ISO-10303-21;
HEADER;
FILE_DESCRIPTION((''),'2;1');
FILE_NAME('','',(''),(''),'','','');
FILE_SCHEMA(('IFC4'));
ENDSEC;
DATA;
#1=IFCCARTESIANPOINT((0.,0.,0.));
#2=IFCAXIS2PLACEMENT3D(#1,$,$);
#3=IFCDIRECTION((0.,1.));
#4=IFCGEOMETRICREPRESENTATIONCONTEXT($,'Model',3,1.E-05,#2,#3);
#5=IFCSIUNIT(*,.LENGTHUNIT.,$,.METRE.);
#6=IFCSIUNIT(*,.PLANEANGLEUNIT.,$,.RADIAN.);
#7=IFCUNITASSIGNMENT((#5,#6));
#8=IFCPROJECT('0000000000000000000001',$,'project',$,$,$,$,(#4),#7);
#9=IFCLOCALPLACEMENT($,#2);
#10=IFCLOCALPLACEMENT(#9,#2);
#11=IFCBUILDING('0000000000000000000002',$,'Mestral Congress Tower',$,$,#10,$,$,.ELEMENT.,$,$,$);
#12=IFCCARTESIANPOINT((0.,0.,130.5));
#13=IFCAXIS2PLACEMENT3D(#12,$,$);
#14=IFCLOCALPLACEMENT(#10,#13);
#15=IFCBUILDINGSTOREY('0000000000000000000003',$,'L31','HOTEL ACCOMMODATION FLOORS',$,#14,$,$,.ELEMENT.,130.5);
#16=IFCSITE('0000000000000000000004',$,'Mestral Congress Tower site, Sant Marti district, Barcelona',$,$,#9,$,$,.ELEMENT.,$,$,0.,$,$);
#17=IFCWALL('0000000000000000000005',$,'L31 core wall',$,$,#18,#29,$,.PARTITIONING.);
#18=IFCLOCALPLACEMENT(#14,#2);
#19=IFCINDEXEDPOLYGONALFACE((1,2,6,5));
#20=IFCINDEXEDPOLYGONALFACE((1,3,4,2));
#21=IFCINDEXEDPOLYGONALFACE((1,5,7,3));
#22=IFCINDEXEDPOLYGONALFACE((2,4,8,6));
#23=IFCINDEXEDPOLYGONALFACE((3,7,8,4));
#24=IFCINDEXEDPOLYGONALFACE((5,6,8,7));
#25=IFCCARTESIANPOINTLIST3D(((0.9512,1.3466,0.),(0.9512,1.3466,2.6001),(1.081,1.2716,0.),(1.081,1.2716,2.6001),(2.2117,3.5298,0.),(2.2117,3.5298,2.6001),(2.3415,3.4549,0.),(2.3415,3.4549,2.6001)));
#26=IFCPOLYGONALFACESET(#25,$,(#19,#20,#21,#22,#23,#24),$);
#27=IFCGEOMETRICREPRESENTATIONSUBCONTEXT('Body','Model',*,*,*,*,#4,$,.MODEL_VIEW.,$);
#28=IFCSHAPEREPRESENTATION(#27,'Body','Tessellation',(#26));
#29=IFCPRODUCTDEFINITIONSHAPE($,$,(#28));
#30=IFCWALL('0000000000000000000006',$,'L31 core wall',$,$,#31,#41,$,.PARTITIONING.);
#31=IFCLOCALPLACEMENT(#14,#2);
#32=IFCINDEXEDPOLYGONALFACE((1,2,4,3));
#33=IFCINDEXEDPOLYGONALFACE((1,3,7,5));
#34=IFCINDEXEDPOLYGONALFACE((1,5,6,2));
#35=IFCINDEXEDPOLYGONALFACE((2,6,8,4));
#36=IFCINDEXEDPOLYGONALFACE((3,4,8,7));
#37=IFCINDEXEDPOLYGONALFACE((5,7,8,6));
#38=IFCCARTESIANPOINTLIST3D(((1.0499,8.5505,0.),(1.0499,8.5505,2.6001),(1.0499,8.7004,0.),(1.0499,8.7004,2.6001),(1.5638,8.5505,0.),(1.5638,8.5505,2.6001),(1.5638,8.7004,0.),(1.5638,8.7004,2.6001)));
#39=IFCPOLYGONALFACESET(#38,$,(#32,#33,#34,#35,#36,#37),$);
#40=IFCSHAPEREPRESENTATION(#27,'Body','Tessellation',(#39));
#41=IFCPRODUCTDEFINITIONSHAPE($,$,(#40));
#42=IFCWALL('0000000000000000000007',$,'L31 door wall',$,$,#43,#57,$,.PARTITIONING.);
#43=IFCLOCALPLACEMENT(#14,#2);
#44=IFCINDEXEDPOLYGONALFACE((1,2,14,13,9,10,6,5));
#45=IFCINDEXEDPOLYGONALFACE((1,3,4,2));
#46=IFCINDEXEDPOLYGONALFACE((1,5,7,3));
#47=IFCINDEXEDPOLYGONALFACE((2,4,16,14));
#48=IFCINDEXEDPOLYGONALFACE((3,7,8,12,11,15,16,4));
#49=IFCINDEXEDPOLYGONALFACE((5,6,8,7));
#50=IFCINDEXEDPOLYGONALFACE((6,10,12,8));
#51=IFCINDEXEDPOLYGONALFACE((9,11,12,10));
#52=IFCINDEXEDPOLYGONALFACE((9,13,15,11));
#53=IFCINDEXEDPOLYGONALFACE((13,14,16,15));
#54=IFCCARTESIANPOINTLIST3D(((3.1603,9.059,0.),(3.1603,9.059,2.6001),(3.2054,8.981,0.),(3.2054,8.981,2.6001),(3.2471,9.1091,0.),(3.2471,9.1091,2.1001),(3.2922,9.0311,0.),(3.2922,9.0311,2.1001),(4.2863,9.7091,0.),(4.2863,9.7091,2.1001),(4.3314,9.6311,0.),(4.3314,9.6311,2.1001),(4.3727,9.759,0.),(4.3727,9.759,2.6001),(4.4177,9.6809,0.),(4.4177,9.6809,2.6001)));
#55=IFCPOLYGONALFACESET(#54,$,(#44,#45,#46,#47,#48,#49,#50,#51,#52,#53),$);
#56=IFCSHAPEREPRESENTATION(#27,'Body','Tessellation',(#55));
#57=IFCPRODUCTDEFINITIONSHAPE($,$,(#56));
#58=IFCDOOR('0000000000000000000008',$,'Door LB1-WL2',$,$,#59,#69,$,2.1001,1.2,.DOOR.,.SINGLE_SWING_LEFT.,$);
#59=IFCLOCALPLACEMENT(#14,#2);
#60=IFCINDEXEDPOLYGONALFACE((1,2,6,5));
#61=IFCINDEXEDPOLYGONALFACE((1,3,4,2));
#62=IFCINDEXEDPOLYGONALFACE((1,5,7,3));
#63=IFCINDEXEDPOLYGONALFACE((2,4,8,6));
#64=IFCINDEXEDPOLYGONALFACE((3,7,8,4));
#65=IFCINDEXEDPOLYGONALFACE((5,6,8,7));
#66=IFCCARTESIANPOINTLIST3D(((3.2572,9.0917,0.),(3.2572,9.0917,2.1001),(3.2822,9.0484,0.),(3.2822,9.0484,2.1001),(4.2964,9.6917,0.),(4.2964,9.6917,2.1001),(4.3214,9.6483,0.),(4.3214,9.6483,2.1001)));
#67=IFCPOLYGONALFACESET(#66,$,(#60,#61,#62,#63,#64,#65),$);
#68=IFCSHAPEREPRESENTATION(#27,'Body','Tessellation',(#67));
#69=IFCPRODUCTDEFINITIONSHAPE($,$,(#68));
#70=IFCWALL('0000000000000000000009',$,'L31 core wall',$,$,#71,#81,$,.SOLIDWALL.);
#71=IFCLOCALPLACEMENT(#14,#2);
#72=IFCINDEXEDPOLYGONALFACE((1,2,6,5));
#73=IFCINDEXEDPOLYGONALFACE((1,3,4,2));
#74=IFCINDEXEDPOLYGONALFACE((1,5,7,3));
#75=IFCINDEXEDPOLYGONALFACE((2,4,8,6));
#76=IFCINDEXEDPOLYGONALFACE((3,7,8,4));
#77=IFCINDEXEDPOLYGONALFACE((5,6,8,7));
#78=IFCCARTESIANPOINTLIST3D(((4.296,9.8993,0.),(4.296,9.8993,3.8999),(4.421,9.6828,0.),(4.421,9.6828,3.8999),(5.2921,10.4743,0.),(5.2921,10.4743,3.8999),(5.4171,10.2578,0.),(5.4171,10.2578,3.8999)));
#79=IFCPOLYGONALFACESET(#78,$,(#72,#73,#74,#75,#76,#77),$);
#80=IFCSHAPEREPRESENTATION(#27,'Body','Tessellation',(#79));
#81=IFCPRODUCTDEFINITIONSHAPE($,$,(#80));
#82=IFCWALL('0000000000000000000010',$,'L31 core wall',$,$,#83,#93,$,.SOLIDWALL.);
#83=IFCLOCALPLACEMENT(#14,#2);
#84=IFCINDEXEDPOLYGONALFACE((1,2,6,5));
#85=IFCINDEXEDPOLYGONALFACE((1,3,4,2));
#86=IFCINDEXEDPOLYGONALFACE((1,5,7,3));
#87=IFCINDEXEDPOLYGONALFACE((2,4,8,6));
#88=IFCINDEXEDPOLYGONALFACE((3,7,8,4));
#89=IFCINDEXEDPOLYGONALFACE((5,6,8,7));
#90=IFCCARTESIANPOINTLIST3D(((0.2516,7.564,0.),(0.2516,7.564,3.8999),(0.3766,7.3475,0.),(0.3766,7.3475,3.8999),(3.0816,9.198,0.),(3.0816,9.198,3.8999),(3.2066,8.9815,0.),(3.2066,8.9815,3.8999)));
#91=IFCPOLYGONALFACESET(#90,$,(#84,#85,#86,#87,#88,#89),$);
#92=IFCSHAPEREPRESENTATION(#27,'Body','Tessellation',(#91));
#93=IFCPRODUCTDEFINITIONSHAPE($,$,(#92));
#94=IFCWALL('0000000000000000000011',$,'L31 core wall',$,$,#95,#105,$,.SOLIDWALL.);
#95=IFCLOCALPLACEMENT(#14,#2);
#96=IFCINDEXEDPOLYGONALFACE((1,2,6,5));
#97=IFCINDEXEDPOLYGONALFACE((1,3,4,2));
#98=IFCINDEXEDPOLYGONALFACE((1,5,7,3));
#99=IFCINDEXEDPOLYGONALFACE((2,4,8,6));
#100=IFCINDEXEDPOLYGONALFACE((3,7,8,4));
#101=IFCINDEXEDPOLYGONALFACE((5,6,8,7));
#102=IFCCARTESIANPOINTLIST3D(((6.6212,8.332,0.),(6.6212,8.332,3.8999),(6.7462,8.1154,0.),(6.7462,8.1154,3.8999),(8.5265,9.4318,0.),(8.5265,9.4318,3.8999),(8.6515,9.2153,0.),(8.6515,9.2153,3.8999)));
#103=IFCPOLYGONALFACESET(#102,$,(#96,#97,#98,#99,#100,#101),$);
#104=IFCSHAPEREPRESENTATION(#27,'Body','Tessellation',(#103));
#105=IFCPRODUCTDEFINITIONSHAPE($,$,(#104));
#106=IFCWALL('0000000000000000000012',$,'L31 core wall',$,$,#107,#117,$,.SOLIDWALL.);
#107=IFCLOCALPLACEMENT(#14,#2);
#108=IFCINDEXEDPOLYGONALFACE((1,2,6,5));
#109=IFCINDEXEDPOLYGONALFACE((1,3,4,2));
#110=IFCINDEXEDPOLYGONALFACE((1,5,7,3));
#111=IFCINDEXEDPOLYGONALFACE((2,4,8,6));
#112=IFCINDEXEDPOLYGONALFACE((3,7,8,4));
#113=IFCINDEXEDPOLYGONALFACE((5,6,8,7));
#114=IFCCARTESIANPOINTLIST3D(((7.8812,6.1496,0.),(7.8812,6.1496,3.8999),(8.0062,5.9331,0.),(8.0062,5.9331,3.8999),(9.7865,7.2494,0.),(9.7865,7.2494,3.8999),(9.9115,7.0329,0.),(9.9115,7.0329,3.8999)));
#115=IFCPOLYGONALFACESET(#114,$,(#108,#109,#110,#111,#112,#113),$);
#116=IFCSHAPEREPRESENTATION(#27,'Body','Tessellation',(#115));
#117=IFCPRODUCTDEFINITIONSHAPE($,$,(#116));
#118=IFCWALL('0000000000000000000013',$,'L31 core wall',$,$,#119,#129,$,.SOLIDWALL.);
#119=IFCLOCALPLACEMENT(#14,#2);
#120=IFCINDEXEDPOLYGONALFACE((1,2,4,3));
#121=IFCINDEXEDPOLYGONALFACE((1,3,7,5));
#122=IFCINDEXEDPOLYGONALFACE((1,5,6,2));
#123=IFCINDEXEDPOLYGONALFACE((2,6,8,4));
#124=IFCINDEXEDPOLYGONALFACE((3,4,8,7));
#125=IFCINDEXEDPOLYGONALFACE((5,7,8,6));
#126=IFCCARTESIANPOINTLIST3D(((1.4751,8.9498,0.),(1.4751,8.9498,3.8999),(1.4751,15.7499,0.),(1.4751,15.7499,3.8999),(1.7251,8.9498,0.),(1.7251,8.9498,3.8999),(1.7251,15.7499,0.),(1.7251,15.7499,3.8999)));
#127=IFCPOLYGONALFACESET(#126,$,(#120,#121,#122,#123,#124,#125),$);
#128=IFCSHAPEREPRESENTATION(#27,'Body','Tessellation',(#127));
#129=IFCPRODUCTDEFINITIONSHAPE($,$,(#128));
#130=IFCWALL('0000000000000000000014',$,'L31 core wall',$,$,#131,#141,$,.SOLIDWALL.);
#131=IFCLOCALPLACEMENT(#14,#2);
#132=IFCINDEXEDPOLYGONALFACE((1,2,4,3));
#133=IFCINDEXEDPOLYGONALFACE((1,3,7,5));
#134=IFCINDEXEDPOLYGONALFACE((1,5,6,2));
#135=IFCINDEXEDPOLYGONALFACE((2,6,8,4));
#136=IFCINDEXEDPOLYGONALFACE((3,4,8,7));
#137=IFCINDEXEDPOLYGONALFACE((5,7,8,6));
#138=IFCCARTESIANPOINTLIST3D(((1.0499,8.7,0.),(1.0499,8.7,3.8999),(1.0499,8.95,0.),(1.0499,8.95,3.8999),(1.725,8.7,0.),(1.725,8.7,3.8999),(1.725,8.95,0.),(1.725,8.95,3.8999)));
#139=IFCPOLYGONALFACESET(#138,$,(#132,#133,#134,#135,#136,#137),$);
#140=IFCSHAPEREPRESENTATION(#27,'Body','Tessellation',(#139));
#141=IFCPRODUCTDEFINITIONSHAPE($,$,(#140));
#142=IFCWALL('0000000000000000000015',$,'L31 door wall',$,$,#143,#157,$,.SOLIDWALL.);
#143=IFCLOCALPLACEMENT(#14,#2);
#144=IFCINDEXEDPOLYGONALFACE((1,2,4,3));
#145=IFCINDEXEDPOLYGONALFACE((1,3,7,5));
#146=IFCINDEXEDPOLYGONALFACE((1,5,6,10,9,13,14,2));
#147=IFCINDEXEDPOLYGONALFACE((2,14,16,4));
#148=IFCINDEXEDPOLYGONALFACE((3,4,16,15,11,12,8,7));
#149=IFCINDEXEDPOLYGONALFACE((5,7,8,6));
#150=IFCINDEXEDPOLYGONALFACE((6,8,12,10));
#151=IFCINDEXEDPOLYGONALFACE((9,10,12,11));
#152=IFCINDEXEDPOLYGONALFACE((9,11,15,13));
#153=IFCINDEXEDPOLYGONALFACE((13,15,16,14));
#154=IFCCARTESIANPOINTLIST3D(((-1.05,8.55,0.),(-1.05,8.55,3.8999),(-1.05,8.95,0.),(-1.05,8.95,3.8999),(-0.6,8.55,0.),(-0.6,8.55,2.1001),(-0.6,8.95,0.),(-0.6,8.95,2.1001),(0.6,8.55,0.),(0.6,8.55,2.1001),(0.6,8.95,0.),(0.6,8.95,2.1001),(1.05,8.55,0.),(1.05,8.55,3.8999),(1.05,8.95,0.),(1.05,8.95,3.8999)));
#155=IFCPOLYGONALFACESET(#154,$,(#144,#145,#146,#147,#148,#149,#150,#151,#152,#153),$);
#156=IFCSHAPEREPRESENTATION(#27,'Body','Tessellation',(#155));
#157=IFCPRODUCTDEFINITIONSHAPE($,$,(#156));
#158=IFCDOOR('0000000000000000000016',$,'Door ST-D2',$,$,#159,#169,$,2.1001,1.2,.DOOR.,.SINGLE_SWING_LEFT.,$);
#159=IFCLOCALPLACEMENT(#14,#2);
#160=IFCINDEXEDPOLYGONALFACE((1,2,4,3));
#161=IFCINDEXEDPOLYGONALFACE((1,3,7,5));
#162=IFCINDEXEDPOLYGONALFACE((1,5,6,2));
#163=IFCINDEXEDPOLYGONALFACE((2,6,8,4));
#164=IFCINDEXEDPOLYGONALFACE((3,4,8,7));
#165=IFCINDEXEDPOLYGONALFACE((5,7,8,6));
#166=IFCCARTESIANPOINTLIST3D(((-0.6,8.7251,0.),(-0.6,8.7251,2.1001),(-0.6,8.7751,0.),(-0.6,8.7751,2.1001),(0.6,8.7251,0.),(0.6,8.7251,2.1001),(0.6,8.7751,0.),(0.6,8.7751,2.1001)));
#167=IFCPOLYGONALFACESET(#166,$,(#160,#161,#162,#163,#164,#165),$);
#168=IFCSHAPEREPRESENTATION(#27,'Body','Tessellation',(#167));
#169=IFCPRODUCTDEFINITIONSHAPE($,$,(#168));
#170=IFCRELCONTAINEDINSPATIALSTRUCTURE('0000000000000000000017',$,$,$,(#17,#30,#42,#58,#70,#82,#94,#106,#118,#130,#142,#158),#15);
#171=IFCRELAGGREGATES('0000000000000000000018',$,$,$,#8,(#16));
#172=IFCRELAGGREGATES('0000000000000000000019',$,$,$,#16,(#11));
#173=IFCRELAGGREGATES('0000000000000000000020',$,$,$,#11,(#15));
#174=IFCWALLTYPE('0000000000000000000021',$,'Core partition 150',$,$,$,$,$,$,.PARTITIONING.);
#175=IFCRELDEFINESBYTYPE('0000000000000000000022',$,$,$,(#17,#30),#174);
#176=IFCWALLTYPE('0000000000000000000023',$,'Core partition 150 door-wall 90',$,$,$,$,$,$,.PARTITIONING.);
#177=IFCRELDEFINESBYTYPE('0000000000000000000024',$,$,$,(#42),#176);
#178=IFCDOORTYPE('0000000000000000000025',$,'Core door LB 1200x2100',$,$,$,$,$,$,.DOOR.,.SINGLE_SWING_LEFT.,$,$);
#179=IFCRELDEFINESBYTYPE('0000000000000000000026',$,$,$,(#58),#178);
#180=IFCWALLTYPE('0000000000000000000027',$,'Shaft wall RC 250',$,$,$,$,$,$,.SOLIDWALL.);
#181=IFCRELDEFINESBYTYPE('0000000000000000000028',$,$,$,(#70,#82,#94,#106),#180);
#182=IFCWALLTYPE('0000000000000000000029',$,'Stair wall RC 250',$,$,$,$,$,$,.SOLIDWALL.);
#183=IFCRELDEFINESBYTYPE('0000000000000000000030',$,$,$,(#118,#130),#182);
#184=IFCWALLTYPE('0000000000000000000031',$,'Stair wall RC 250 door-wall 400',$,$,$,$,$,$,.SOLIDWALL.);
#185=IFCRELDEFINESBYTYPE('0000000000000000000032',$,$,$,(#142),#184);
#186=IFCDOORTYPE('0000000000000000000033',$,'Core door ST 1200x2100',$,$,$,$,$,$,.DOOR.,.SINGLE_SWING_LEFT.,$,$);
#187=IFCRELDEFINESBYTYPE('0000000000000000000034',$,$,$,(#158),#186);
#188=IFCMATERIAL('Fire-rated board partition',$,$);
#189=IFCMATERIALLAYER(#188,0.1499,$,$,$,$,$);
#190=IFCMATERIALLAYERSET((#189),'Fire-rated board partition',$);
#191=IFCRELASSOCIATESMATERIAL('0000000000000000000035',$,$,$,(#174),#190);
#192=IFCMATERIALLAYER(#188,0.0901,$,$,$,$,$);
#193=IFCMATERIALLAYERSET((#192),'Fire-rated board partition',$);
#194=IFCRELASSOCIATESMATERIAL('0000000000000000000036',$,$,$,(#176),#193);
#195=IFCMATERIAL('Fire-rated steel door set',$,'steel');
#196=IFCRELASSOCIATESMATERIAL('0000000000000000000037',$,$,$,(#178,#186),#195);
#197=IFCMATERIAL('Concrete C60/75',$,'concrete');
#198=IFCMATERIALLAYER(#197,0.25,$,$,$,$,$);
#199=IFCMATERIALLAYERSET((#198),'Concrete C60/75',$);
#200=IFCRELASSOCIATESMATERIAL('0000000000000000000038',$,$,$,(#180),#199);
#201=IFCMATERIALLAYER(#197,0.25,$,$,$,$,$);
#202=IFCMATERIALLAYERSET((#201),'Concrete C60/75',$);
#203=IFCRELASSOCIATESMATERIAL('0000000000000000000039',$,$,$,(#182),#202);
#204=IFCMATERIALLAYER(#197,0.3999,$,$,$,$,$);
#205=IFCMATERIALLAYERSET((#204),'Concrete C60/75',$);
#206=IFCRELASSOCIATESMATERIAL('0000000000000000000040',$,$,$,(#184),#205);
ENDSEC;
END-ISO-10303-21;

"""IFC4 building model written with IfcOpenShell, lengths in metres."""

from ifc_helpers import new_model, si_unit, direction, frame, frame_2d, origin, place, context, subcontext, project, spatial, rectangle, extrude, material, layer, layer_set, type_object, element, fill, save


model = new_model("IFC4")

# Units and contexts
model_context = context("Model", 3, precision=1e-05, world=origin(), true_north=direction((0.0, 1.0)))
body_context = subcontext(model_context, "Body", "Model", "MODEL_VIEW")
ifc_project = project(units=[si_unit("LENGTHUNIT", "METRE"), si_unit("PLANEANGLEUNIT", "RADIAN")], contexts=[model_context])

# Site, building, storey
site_placement = place(None, origin())
site = spatial("IfcSite", under=ifc_project, at=site_placement, Name="Mestral Congress Tower site, Sant Marti district, Barcelona", CompositionType="ELEMENT", RefElevation=0.0)
building_placement = place(site_placement, origin())
building = spatial("IfcBuilding", under=site, at=building_placement, Name="Mestral Congress Tower", CompositionType="ELEMENT")
storey_placement = place(building_placement, frame((0.0, 0.0, 130.5)))
storey = spatial("IfcBuildingStorey", under=building, at=storey_placement, Name="L31", Description="HOTEL ACCOMMODATION FLOORS", CompositionType="ELEMENT", Elevation=130.5)

# Walls
ifc_material_1 = material(Name="Fire-rated board partition")
ifc_layer_1 = layer(ifc_material_1, 0.1499)
ifc_layer_set_1 = layer_set([ifc_layer_1], Name="Fire-rated board partition")
wall_type_1 = type_object("IfcWallType", Name="Core partition 150", PredefinedType="PARTITIONING", material=ifc_layer_set_1)
wall_1_placement = place(storey_placement, frame((1.0161, 1.3091, 0.0), z_axis=(0.0, 0.0, 1.0), x_axis=(0.499982, 0.866036, 0.0)))
element("IfcWall", 1, at=wall_1_placement, inside=storey, type_object=wall_type_1, Name="L31 core wall", PredefinedType="PARTITIONING", context=body_context, shape_type="SweptSolid", body=[
    extrude(rectangle(XDim=2.521, YDim=0.1499, at=frame_2d((1.2605, 0.0))), origin(), (0.0, 0.0, 1.0), 2.6001),
])
wall_2_placement = place(storey_placement, frame((1.05, 8.6255, 0.0), z_axis=(0.0, 0.0, 1.0), x_axis=(1.0, 0.0, 0.0)))
element("IfcWall", 2, at=wall_2_placement, inside=storey, type_object=wall_type_1, Name="L31 core wall", PredefinedType="PARTITIONING", context=body_context, shape_type="SweptSolid", body=[
    extrude(rectangle(XDim=0.5139, YDim=0.1499, at=frame_2d((0.2568, 0.0))), origin(), (0.0, 0.0, 1.0), 2.6001),
])

# Wall, opening, door
ifc_layer_2 = layer(ifc_material_1, 0.0901)
ifc_layer_set_2 = layer_set([ifc_layer_2], Name="Fire-rated board partition")
wall_type_2 = type_object("IfcWallType", Name="Core partition 150 door-wall 90", PredefinedType="PARTITIONING", material=ifc_layer_set_2)
wall_3_placement = place(storey_placement, frame((3.1829, 9.02, 0.0), z_axis=(0.0, 0.0, 1.0), x_axis=(0.866035, 0.499984, 0.0)))
wall_3 = element("IfcWall", 3, at=wall_3_placement, inside=storey, type_object=wall_type_2, Name="L31 door wall", PredefinedType="PARTITIONING", context=body_context, shape_type="SweptSolid", body=[
    extrude(rectangle(XDim=1.3999, YDim=0.0901, at=frame_2d((0.7, 0.0))), origin(), (0.0, 0.0, 1.0), 2.6001),
])
opening_1_placement = place(wall_3_placement, frame((0.1001, 0.0, 0.0)))
opening_1 = element("IfcOpeningElement", 4, at=opening_1_placement, cuts=wall_3, PredefinedType="OPENING", context=body_context, shape_type="SweptSolid", body=[
    extrude(rectangle(XDim=1.2, YDim=2.1001, at=frame_2d((0.6001, 1.05))), frame((0.0, 0.0549, 0.0), z_axis=(0.0, -1.0, 0.0), x_axis=(1.0, 0.0, 0.0)), (0.0, 0.0, 1.0), 0.1101),
])
ifc_material_2 = material(Name="Fire-rated steel door set", Category="steel")
door_type_1 = type_object("IfcDoorType", Name="Core door LB 1200x2100", OperationType="SINGLE_SWING_LEFT", PredefinedType="DOOR", material=ifc_material_2)
door_1_placement = place(opening_1_placement, origin())
door_1 = element("IfcDoor", 5, at=door_1_placement, inside=storey, type_object=door_type_1, Name="Door LB1-WL2", OperationType="SINGLE_SWING_LEFT", OverallHeight=2.1001, OverallWidth=1.2, PredefinedType="DOOR", context=body_context, shape_type="SweptSolid", body=[
    extrude(rectangle(XDim=1.2, YDim=2.1001, at=frame_2d((0.6001, 1.05))), frame((0.0, 0.0249, 0.0), z_axis=(0.0, -1.0, 0.0), x_axis=(1.0, 0.0, 0.0)), (0.0, 0.0, 1.0), 0.05),
])
fill(opening_1, door_1)

# Walls
ifc_material_3 = material(Name="Concrete C60/75", Category="concrete")
ifc_layer_3 = layer(ifc_material_3, 0.25)
ifc_layer_set_3 = layer_set([ifc_layer_3], Name="Concrete C60/75")
wall_type_3 = type_object("IfcWallType", Name="Shaft wall RC 250", PredefinedType="SOLIDWALL", material=ifc_layer_set_3)
wall_4_placement = place(storey_placement, frame((4.3584, 9.791, 0.0), z_axis=(0.0, 0.0, 1.0), x_axis=(0.86608, 0.499906, 0.0)))
element("IfcWall", 6, at=wall_4_placement, inside=storey, type_object=wall_type_3, Name="L31 core wall", PredefinedType="SOLIDWALL", context=body_context, shape_type="SweptSolid", body=[
    extrude(rectangle(XDim=1.1501, YDim=0.25, at=frame_2d((0.5752, 0.0))), origin(), (0.0, 0.0, 1.0), 3.8999),
])
wall_5_placement = place(storey_placement, frame((0.3142, 7.4558, 0.0), z_axis=(0.0, 0.0, 1.0), x_axis=(0.866014, 0.50002, 0.0)))
element("IfcWall", 7, at=wall_5_placement, inside=storey, type_object=wall_type_3, Name="L31 core wall", PredefinedType="SOLIDWALL", context=body_context, shape_type="SweptSolid", body=[
    extrude(rectangle(XDim=3.2678, YDim=0.25, at=frame_2d((1.6338, 0.0))), origin(), (0.0, 0.0, 1.0), 3.8999),
])
for number, where, z_axis, x_axis, name in (
    (8, (6.6836, 8.2236, 0.0), (0.0, 0.0, 1.0), (0.866056, 0.499947, 0.0), "L31 core wall"),
    (9, (7.9436, 6.0413, 0.0), (0.0, 0.0, 1.0), (0.866056, 0.499947, 0.0), "L31 core wall"),
):
    element("IfcWall", number, at=place(storey_placement, frame(where, z_axis=z_axis, x_axis=x_axis)), inside=storey, type_object=wall_type_3, Name=name, PredefinedType="SOLIDWALL", context=body_context, shape_type="SweptSolid", body=[
        extrude(rectangle(XDim=2.2, YDim=0.25, at=frame_2d((1.1001, 0.0))), origin(), (0.0, 0.0, 1.0), 3.8999),
    ])
ifc_layer_4 = layer(ifc_material_3, 0.25)
ifc_layer_set_4 = layer_set([ifc_layer_4], Name="Concrete C60/75")
wall_type_4 = type_object("IfcWallType", Name="Stair wall RC 250", PredefinedType="SOLIDWALL", material=ifc_layer_set_4)
wall_6_placement = place(storey_placement, frame((1.6001, 8.95, 0.0), z_axis=(0.0, 0.0, 1.0), x_axis=(0.0, 1.0, 0.0)))
element("IfcWall", 10, at=wall_6_placement, inside=storey, type_object=wall_type_4, Name="L31 core wall", PredefinedType="SOLIDWALL", context=body_context, shape_type="SweptSolid", body=[
    extrude(rectangle(XDim=6.8, YDim=0.25, at=frame_2d((3.3999, 0.0))), origin(), (0.0, 0.0, 1.0), 3.8999),
])
wall_7_placement = place(storey_placement, frame((1.05, 8.825, 0.0), z_axis=(0.0, 0.0, 1.0), x_axis=(1.0, 0.0, 0.0)))
element("IfcWall", 11, at=wall_7_placement, inside=storey, type_object=wall_type_4, Name="L31 core wall", PredefinedType="SOLIDWALL", context=body_context, shape_type="SweptSolid", body=[
    extrude(rectangle(XDim=0.675, YDim=0.25, at=frame_2d((0.3374, 0.0))), origin(), (0.0, 0.0, 1.0), 3.8999),
])

# Wall, opening, door
ifc_layer_5 = layer(ifc_material_3, 0.3999)
ifc_layer_set_5 = layer_set([ifc_layer_5], Name="Concrete C60/75")
wall_type_5 = type_object("IfcWallType", Name="Stair wall RC 250 door-wall 400", PredefinedType="SOLIDWALL", material=ifc_layer_set_5)
wall_8_placement = place(storey_placement, frame((1.05, 8.75, 0.0), z_axis=(0.0, 0.0, 1.0), x_axis=(-1.0, 0.0, 0.0)))
wall_8 = element("IfcWall", 12, at=wall_8_placement, inside=storey, type_object=wall_type_5, Name="L31 door wall", PredefinedType="SOLIDWALL", context=body_context, shape_type="SweptSolid", body=[
    extrude(rectangle(XDim=2.1001, YDim=0.3999, at=frame_2d((1.05, 0.0))), origin(), (0.0, 0.0, 1.0), 3.8999),
])
opening_2_placement = place(wall_8_placement, frame((0.45, 0.0, 0.0)))
opening_2 = element("IfcOpeningElement", 13, at=opening_2_placement, cuts=wall_8, PredefinedType="OPENING", context=body_context, shape_type="SweptSolid", body=[
    extrude(rectangle(XDim=1.2, YDim=2.1001, at=frame_2d((0.6001, 1.05))), frame((0.0, 0.21, 0.0), z_axis=(0.0, -1.0, 0.0), x_axis=(1.0, 0.0, 0.0)), (0.0, 0.0, 1.0), 0.4199),
])
door_type_2 = type_object("IfcDoorType", Name="Core door ST 1200x2100", OperationType="SINGLE_SWING_LEFT", PredefinedType="DOOR", material=ifc_material_2)
door_2_placement = place(opening_2_placement, origin())
door_2 = element("IfcDoor", 14, at=door_2_placement, inside=storey, type_object=door_type_2, Name="Door ST-D2", OperationType="SINGLE_SWING_LEFT", OverallHeight=2.1001, OverallWidth=1.2, PredefinedType="DOOR", context=body_context, shape_type="SweptSolid", body=[
    extrude(rectangle(XDim=1.2, YDim=2.1001, at=frame_2d((0.6001, 1.05))), frame((0.0, 0.0249, 0.0), z_axis=(0.0, -1.0, 0.0), x_axis=(1.0, 0.0, 0.0)), (0.0, 0.0, 1.0), 0.05),
])
fill(opening_2, door_2)

save(model, "model.ifc")
